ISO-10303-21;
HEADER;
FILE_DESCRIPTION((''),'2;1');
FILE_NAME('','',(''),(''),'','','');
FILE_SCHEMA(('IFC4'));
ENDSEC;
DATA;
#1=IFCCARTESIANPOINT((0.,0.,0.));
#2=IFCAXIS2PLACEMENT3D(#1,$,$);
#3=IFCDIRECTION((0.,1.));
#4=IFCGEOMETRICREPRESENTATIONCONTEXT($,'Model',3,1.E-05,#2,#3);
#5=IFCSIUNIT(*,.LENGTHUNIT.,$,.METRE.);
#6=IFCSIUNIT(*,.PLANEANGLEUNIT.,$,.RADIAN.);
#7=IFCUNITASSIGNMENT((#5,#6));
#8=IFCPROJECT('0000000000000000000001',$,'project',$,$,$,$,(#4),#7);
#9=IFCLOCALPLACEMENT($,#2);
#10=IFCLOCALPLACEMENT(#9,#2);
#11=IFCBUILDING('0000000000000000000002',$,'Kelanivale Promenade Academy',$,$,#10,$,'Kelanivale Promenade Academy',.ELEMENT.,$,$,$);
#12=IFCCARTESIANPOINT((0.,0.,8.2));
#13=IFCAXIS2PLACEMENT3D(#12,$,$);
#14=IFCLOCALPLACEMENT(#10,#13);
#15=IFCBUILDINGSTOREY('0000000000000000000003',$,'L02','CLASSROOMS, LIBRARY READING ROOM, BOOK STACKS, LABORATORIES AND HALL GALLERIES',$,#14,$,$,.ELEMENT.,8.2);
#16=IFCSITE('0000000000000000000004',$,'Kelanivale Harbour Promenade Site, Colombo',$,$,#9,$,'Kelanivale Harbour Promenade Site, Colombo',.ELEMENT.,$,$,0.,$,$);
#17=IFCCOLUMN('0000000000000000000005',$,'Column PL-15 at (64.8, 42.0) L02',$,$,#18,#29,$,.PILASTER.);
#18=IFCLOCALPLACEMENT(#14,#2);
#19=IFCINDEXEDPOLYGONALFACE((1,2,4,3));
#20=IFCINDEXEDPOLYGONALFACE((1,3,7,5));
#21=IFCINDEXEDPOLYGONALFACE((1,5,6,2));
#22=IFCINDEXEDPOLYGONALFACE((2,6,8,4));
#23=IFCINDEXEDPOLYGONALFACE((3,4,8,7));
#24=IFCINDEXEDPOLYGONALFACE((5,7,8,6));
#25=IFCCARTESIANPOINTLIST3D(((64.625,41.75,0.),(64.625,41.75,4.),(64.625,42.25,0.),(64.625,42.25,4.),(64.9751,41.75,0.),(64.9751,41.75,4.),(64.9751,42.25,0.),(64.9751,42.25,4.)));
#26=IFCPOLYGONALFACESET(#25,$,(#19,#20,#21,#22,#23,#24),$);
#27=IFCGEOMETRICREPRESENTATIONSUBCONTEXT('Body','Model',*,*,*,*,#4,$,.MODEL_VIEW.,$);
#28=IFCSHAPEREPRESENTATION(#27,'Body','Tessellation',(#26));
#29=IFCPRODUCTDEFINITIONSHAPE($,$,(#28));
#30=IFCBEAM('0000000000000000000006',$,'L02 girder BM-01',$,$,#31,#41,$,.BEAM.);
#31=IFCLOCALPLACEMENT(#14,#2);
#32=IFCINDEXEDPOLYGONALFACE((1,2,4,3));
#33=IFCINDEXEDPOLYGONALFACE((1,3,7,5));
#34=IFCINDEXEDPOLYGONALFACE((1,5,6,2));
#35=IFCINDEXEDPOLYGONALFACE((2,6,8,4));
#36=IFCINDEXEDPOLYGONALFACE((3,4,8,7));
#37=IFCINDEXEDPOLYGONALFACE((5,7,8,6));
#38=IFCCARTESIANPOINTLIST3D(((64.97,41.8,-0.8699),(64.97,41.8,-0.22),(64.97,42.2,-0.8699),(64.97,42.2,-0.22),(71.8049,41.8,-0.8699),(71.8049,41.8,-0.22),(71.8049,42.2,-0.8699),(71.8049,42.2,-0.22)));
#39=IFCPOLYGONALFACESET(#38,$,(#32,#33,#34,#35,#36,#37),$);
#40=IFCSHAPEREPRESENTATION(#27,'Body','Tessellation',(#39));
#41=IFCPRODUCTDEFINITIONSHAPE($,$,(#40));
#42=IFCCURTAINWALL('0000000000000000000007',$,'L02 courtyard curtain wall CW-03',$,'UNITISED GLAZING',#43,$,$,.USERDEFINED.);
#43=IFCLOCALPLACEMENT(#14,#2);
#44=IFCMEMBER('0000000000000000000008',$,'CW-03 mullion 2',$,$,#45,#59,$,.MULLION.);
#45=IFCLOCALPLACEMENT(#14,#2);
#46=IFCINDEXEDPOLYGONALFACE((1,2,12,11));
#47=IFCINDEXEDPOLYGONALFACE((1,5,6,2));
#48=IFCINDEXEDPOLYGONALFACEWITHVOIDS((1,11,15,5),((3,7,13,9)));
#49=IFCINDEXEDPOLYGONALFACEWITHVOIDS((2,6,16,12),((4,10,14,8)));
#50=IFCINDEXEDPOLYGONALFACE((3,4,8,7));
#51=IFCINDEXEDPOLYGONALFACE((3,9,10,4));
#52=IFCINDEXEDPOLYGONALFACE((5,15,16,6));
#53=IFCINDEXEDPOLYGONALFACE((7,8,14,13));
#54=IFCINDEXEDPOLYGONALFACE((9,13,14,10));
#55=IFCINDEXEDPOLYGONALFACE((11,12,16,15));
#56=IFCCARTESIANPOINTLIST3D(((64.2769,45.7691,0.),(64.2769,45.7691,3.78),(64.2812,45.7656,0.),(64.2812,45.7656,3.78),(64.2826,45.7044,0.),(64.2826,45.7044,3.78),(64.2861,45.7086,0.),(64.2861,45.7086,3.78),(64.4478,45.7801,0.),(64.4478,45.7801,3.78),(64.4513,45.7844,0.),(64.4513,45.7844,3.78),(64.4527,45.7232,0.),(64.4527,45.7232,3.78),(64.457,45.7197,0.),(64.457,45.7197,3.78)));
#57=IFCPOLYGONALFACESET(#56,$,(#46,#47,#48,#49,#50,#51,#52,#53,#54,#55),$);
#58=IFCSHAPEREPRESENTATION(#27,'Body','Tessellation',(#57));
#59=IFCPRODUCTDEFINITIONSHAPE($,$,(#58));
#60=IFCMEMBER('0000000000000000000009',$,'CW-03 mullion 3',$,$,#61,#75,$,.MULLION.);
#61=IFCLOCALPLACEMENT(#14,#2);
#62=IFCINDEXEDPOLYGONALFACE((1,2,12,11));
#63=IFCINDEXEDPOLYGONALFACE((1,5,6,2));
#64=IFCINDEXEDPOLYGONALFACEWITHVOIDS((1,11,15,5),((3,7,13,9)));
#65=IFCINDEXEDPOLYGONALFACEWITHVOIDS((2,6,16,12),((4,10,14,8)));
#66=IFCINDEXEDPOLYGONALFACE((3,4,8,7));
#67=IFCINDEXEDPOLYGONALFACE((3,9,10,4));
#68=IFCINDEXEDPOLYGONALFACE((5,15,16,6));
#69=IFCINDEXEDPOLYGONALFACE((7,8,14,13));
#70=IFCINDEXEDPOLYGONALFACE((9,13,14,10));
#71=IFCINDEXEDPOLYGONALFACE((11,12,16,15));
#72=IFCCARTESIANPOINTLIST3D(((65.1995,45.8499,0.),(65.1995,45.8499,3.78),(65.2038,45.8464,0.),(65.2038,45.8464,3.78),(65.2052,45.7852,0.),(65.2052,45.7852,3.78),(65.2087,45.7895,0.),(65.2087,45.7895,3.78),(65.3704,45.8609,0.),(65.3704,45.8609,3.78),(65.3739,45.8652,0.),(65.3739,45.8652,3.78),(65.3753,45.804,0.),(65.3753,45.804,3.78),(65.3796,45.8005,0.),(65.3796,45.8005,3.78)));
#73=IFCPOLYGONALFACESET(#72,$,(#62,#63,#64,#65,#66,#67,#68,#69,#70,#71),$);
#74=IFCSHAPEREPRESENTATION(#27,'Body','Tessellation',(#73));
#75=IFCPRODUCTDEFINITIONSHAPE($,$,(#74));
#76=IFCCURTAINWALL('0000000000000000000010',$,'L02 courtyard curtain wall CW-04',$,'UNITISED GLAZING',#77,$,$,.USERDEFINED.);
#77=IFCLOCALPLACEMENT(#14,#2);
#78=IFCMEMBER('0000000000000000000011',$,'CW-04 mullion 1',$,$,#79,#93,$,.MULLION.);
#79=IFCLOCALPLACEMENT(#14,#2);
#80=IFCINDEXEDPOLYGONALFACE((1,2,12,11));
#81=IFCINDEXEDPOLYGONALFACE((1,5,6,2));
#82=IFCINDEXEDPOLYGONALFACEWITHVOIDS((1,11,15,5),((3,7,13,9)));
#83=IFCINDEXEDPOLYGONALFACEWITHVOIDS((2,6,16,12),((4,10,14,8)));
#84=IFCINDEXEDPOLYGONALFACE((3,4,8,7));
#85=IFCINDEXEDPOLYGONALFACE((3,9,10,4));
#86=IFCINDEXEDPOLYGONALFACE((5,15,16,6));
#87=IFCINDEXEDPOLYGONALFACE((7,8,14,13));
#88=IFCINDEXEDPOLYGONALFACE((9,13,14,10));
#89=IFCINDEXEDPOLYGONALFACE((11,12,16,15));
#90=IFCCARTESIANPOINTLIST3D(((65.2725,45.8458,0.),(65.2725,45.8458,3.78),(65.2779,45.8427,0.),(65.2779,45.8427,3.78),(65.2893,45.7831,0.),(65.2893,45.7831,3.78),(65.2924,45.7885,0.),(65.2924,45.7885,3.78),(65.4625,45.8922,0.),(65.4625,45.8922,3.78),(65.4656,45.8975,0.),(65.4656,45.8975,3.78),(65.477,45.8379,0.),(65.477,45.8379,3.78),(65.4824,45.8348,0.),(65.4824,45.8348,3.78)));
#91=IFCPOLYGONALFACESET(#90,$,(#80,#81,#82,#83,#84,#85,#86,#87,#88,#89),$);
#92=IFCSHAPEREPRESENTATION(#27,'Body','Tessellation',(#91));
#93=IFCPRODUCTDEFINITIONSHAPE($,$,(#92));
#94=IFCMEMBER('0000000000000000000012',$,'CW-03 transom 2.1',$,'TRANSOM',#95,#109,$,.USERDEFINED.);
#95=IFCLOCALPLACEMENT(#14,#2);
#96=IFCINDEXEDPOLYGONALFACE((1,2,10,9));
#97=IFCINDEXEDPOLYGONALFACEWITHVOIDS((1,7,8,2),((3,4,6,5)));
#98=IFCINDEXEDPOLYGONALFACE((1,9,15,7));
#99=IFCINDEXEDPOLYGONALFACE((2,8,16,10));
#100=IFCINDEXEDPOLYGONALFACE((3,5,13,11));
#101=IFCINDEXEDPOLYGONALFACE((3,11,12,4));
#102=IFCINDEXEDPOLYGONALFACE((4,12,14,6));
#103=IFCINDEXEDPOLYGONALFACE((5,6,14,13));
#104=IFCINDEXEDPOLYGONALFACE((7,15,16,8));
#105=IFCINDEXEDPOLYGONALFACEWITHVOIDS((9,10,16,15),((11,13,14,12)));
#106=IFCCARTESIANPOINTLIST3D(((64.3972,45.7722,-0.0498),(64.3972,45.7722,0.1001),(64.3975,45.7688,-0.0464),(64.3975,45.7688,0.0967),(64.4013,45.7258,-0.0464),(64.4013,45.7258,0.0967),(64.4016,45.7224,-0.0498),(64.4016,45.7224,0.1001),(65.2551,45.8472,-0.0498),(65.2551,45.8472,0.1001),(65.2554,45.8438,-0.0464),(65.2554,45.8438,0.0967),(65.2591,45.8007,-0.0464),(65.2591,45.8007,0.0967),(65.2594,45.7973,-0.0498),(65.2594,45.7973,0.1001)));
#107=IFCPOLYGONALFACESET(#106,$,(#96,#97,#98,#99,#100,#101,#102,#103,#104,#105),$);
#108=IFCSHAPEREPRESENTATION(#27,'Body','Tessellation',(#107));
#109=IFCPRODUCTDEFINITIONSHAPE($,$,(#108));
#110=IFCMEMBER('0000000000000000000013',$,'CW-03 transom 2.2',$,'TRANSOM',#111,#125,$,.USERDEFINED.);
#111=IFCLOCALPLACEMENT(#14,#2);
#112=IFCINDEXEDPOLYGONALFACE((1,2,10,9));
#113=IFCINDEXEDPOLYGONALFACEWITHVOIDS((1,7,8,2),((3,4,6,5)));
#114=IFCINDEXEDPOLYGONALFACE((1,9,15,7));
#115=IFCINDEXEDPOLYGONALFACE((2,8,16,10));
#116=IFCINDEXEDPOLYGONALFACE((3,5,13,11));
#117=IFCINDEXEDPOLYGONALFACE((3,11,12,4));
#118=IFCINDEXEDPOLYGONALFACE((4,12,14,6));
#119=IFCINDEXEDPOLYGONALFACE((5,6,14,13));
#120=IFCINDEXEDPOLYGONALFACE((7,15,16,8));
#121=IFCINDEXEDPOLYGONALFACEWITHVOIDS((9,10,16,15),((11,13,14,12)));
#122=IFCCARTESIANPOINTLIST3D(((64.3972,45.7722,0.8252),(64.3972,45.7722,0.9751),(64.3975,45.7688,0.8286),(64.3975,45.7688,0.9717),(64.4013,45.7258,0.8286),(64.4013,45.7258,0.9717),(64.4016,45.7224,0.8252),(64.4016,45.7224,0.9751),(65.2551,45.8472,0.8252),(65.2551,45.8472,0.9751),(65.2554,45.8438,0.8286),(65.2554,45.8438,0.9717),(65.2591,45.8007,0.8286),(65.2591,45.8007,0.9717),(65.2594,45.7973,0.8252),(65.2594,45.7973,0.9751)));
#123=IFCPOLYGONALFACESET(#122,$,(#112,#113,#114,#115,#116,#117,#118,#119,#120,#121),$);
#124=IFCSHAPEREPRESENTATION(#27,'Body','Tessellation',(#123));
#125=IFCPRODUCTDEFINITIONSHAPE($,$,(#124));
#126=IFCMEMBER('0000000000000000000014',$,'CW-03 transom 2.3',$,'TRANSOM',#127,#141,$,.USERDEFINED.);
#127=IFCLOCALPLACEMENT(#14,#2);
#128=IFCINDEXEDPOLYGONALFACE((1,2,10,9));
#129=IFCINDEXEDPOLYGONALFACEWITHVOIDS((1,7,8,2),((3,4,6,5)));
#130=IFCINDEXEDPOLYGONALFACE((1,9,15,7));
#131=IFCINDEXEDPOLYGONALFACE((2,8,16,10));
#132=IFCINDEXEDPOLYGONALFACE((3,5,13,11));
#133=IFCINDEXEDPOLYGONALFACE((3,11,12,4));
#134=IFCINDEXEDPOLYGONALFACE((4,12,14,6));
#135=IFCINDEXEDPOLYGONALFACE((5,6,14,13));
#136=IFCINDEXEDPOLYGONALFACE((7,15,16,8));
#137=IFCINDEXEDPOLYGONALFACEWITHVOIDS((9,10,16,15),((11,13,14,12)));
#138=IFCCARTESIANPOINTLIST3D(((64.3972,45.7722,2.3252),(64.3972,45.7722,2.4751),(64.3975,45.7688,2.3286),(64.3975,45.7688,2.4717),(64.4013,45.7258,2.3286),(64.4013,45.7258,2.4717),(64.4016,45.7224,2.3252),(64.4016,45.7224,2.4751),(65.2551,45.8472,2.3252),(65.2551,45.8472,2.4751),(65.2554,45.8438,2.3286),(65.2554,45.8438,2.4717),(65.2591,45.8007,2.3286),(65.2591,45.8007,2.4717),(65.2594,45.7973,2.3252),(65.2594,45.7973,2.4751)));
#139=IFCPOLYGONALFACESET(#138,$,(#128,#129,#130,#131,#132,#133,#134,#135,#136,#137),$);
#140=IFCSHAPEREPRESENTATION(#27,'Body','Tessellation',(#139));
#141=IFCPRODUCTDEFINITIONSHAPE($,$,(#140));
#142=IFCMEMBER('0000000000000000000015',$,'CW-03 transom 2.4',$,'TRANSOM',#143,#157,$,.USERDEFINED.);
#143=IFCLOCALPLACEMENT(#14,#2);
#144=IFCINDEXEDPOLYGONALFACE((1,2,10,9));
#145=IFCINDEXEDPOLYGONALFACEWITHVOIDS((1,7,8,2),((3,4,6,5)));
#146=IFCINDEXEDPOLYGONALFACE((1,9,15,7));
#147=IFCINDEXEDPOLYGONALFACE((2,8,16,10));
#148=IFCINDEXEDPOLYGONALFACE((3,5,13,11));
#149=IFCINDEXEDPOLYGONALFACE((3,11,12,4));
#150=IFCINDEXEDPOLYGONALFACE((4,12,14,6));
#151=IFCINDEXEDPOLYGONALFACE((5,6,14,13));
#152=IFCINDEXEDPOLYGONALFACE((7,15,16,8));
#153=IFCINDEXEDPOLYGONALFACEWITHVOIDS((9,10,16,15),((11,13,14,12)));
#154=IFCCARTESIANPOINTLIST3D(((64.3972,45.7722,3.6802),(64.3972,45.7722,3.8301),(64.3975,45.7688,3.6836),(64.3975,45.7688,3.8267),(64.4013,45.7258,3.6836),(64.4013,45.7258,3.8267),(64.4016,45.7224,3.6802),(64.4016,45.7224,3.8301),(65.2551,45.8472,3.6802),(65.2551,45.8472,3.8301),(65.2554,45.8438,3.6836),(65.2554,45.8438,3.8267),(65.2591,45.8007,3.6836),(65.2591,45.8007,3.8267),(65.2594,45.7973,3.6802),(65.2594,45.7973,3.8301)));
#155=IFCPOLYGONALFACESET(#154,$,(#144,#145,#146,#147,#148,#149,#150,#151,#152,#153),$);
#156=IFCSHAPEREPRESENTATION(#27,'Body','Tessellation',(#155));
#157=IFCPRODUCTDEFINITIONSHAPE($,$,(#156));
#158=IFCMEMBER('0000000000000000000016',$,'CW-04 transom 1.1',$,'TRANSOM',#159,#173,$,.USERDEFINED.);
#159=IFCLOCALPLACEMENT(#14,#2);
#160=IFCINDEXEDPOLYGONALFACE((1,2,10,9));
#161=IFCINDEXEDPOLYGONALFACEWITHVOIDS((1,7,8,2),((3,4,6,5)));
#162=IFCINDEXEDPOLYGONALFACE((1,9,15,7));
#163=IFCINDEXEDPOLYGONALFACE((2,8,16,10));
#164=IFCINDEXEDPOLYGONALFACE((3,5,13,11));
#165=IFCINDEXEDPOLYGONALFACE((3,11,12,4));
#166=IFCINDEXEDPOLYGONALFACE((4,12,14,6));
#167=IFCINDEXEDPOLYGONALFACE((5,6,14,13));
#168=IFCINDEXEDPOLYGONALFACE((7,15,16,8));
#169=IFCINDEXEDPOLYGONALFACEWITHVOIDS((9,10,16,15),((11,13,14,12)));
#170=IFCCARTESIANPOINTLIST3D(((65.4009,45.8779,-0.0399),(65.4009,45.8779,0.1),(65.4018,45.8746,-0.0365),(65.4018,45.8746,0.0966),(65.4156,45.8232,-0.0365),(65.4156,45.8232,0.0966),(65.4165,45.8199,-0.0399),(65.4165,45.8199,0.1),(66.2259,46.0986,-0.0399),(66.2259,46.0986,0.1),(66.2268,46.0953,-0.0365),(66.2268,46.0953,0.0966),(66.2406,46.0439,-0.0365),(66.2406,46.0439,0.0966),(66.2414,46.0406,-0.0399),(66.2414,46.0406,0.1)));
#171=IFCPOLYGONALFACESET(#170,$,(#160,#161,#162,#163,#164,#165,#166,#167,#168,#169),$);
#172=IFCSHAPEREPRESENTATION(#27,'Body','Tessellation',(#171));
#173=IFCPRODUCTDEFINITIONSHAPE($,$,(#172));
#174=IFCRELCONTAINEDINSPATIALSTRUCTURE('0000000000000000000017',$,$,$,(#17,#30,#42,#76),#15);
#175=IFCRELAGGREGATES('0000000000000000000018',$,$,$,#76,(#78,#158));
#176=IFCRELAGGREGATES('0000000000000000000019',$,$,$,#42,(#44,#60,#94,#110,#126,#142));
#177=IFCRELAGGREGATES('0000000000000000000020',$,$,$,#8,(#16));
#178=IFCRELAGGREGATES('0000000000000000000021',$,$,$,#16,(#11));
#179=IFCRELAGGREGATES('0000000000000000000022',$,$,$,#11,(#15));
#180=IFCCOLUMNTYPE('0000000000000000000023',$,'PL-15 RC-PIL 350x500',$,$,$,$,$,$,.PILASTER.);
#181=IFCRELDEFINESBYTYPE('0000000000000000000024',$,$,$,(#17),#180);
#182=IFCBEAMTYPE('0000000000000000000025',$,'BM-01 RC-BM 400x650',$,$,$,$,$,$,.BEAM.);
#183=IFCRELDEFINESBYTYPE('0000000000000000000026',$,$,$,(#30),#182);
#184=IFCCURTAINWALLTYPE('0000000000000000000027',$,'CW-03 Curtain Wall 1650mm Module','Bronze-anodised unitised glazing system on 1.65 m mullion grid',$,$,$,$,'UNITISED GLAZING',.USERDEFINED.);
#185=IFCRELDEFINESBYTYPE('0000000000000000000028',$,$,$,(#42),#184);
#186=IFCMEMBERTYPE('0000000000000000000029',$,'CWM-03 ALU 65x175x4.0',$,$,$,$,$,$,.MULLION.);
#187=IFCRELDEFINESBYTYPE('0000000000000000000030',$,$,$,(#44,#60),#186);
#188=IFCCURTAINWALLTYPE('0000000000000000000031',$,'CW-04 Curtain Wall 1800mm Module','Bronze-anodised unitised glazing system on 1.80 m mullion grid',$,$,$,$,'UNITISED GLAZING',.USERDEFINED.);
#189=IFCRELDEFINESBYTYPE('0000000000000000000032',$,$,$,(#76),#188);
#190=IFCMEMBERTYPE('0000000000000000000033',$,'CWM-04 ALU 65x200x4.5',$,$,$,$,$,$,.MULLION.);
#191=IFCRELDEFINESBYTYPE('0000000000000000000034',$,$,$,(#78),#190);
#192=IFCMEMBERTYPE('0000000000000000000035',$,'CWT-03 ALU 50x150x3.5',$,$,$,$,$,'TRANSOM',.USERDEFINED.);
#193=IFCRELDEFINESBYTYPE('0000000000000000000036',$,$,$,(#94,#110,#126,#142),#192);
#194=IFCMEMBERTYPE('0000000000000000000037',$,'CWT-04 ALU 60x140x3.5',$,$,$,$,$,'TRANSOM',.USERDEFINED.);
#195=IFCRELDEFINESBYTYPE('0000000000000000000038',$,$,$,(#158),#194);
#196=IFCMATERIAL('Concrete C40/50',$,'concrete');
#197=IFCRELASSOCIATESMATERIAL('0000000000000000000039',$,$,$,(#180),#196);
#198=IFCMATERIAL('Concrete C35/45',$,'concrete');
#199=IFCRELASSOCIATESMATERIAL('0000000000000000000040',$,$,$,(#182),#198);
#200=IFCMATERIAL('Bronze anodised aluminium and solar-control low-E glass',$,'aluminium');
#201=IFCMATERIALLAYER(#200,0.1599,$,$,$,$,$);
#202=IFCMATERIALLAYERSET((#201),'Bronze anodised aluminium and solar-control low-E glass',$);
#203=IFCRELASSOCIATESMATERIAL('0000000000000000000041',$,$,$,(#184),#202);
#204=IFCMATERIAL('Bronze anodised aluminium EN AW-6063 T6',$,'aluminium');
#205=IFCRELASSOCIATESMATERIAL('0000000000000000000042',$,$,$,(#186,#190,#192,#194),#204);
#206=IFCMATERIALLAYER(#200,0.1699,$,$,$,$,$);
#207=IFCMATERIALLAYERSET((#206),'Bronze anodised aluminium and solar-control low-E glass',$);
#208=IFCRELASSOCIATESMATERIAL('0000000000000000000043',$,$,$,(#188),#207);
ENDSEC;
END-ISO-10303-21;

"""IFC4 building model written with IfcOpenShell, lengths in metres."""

from ifc_helpers import new_model, si_unit, direction, frame, origin, origin_2d, place, context, subcontext, project, spatial, rectangle, hollow_rectangle, extrude, material, layer, layer_set, material_profile, profile_set, type_object, element, aggregate, save


model = new_model("IFC4")

# Units and contexts
model_context = context("Model", 3, precision=1e-05, world=origin(), true_north=direction((0.0, 1.0)))
body_context = subcontext(model_context, "Body", "Model", "MODEL_VIEW")
ifc_project = project(units=[si_unit("LENGTHUNIT", "METRE"), si_unit("PLANEANGLEUNIT", "RADIAN")], contexts=[model_context])

# Site, building, storey
site_placement = place(None, origin())
site = spatial("IfcSite", under=ifc_project, at=site_placement, Name="Kelanivale Harbour Promenade Site, Colombo", LongName="Kelanivale Harbour Promenade Site, Colombo", CompositionType="ELEMENT", RefElevation=0.0)
building_placement = place(site_placement, origin())
building = spatial("IfcBuilding", under=site, at=building_placement, Name="Kelanivale Promenade Academy", LongName="Kelanivale Promenade Academy", CompositionType="ELEMENT")
storey_placement = place(building_placement, frame((0.0, 0.0, 8.2)))
storey = spatial("IfcBuildingStorey", under=building, at=storey_placement, Name="L02", Description="CLASSROOMS, LIBRARY READING ROOM, BOOK STACKS, LABORATORIES AND HALL GALLERIES", CompositionType="ELEMENT", Elevation=8.2)

# Column
ifc_material_1 = material(Name="Concrete C40/50", Category="concrete")
ifc_material_profile_1 = material_profile(ifc_material_1, rectangle(XDim=0.3501, YDim=0.5, at=origin_2d()), Name="RC-PIL 350x500")
ifc_profile_set_1 = profile_set([ifc_material_profile_1], Name="Concrete C40/50")
column_type = type_object("IfcColumnType", Name="PL-15 RC-PIL 350x500", PredefinedType="PILASTER", material=ifc_profile_set_1)
column_placement = place(storey_placement, frame((64.8, 42.0, 0.0), z_axis=(0.0, 0.0, 1.0), x_axis=(1.0, 0.0, 0.0)))
element("IfcColumn", 1, at=column_placement, inside=storey, type_object=column_type, Name="Column PL-15 at (64.8, 42.0) L02", PredefinedType="PILASTER", context=body_context, shape_type="SweptSolid", body=[
    extrude(rectangle(XDim=0.3501, YDim=0.5, at=origin_2d()), origin(), (0.0, 0.0, 1.0), 4.0),
])

# Beam
ifc_material_2 = material(Name="Concrete C35/45", Category="concrete")
ifc_material_profile_2 = material_profile(ifc_material_2, rectangle(XDim=0.3999, YDim=0.6499, at=origin_2d()), Name="RC-BM 400x650")
ifc_profile_set_2 = profile_set([ifc_material_profile_2], Name="Concrete C35/45")
beam_type = type_object("IfcBeamType", Name="BM-01 RC-BM 400x650", PredefinedType="BEAM", material=ifc_profile_set_2)
beam_placement = place(storey_placement, frame((64.97, 42.0, -0.5449), z_axis=(1.0, 0.0, 0.0), x_axis=(0.0, 1.0, 0.0)))
element("IfcBeam", 2, at=beam_placement, inside=storey, type_object=beam_type, Name="L02 girder BM-01", PredefinedType="BEAM", context=body_context, shape_type="SweptSolid", body=[
    extrude(rectangle(XDim=0.3999, YDim=0.6499, at=origin_2d()), origin(), (0.0, 0.0, 1.0), 6.835),
])

# Curtain wall, members
ifc_material_3 = material(Name="Bronze anodised aluminium and solar-control low-E glass", Category="aluminium")
ifc_layer_1 = layer(ifc_material_3, 0.1599)
ifc_layer_set_1 = layer_set([ifc_layer_1], Name="Bronze anodised aluminium and solar-control low-E glass")
curtain_wall_type_1 = type_object("IfcCurtainWallType", Name="CW-03 Curtain Wall 1650mm Module", Description="Bronze-anodised unitised glazing system on 1.65 m mullion grid", ElementType="UNITISED GLAZING", PredefinedType="USERDEFINED", material=ifc_layer_set_1)
curtain_wall_1_placement = place(storey_placement, origin())
curtain_wall_1 = element("IfcCurtainWall", 3, at=curtain_wall_1_placement, inside=storey, type_object=curtain_wall_type_1, Name="L02 courtyard curtain wall CW-03", ObjectType="UNITISED GLAZING", PredefinedType="USERDEFINED")
ifc_material_4 = material(Name="Bronze anodised aluminium EN AW-6063 T6", Category="aluminium")
ifc_material_profile_3 = material_profile(ifc_material_4, hollow_rectangle(XDim=0.0649, YDim=0.175, WallThickness=0.0039, at=origin_2d()), Name="ALU 65x175x4.0")
ifc_profile_set_3 = profile_set([ifc_material_profile_3], Name="Bronze anodised aluminium EN AW-6063 T6")
member_type_1 = type_object("IfcMemberType", Name="CWM-03 ALU 65x175x4.0", PredefinedType="MULLION", material=ifc_profile_set_3)
member_1_placement = place(storey_placement, frame((64.3669, 45.7444, 0.0), z_axis=(0.0, 0.0, 1.0), x_axis=(-0.087102, 0.996199, 0.0)))
member_1 = element("IfcMember", 4, at=member_1_placement, type_object=member_type_1, Name="CW-03 mullion 2", PredefinedType="MULLION", context=body_context, shape_type="SweptSolid", body=[
    extrude(hollow_rectangle(XDim=0.0649, YDim=0.175, WallThickness=0.0039, at=origin_2d()), origin(), (0.0, 0.0, 1.0), 3.78),
])
member_2_placement = place(storey_placement, frame((65.2896, 45.8252, 0.0), z_axis=(0.0, 0.0, 1.0), x_axis=(-0.087102, 0.996199, 0.0)))
member_2 = element("IfcMember", 5, at=member_2_placement, type_object=member_type_1, Name="CW-03 mullion 3", PredefinedType="MULLION", context=body_context, shape_type="SweptSolid", body=[
    extrude(hollow_rectangle(XDim=0.0649, YDim=0.175, WallThickness=0.0039, at=origin_2d()), origin(), (0.0, 0.0, 1.0), 3.78),
])

# Curtain wall, member
ifc_layer_2 = layer(ifc_material_3, 0.1699)
ifc_layer_set_2 = layer_set([ifc_layer_2], Name="Bronze anodised aluminium and solar-control low-E glass")
curtain_wall_type_2 = type_object("IfcCurtainWallType", Name="CW-04 Curtain Wall 1800mm Module", Description="Bronze-anodised unitised glazing system on 1.80 m mullion grid", ElementType="UNITISED GLAZING", PredefinedType="USERDEFINED", material=ifc_layer_set_2)
curtain_wall_2_placement = place(storey_placement, origin())
curtain_wall_2 = element("IfcCurtainWall", 6, at=curtain_wall_2_placement, inside=storey, type_object=curtain_wall_type_2, Name="L02 courtyard curtain wall CW-04", ObjectType="UNITISED GLAZING", PredefinedType="USERDEFINED")
ifc_material_profile_4 = material_profile(ifc_material_4, hollow_rectangle(XDim=0.0649, YDim=0.2, WallThickness=0.0044, at=origin_2d()), Name="ALU 65x200x4.5")
ifc_profile_set_4 = profile_set([ifc_material_profile_4], Name="Bronze anodised aluminium EN AW-6063 T6")
member_type_2 = type_object("IfcMemberType", Name="CWM-04 ALU 65x200x4.5", PredefinedType="MULLION", material=ifc_profile_set_4)
member_3_placement = place(storey_placement, frame((65.3774, 45.8403, 0.0), z_axis=(0.0, 0.0, 1.0), x_axis=(-0.258578, 0.96599, 0.0)))
member_3 = element("IfcMember", 7, at=member_3_placement, type_object=member_type_2, Name="CW-04 mullion 1", PredefinedType="MULLION", context=body_context, shape_type="SweptSolid", body=[
    extrude(hollow_rectangle(XDim=0.0649, YDim=0.2, WallThickness=0.0044, at=origin_2d()), origin(), (0.0, 0.0, 1.0), 3.78),
])

# Members
ifc_material_profile_5 = material_profile(ifc_material_4, hollow_rectangle(XDim=0.05, YDim=0.1499, WallThickness=0.0034, at=origin_2d()), Name="ALU 50x150x3.5")
ifc_profile_set_5 = profile_set([ifc_material_profile_5], Name="Bronze anodised aluminium EN AW-6063 T6")
member_type_3 = type_object("IfcMemberType", Name="CWT-03 ALU 50x150x3.5", ElementType="TRANSOM", PredefinedType="USERDEFINED", material=ifc_profile_set_5)
member_4_placement = place(storey_placement, frame((64.3994, 45.7473, 0.0251), z_axis=(0.996205, 0.087033, 0.0), x_axis=(-0.087033, 0.996205, 0.0)))
member_4 = element("IfcMember", 8, at=member_4_placement, type_object=member_type_3, Name="CW-03 transom 2.1", ObjectType="TRANSOM", PredefinedType="USERDEFINED", context=body_context, shape_type="SweptSolid", body=[
    extrude(hollow_rectangle(XDim=0.05, YDim=0.1499, WallThickness=0.0034, at=origin_2d()), origin(), (0.0, 0.0, 1.0), 0.8611),
])
member_5_placement = place(storey_placement, frame((64.3994, 45.7473, 0.9001), z_axis=(0.996205, 0.087033, 0.0), x_axis=(-0.087033, 0.996205, 0.0)))
member_5 = element("IfcMember", 9, at=member_5_placement, type_object=member_type_3, Name="CW-03 transom 2.2", ObjectType="TRANSOM", PredefinedType="USERDEFINED", context=body_context, shape_type="SweptSolid", body=[
    extrude(hollow_rectangle(XDim=0.05, YDim=0.1499, WallThickness=0.0034, at=origin_2d()), origin(), (0.0, 0.0, 1.0), 0.8611),
])
member_6_placement = place(storey_placement, frame((64.3994, 45.7473, 2.4001), z_axis=(0.996205, 0.087033, 0.0), x_axis=(-0.087033, 0.996205, 0.0)))
member_6 = element("IfcMember", 10, at=member_6_placement, type_object=member_type_3, Name="CW-03 transom 2.3", ObjectType="TRANSOM", PredefinedType="USERDEFINED", context=body_context, shape_type="SweptSolid", body=[
    extrude(hollow_rectangle(XDim=0.05, YDim=0.1499, WallThickness=0.0034, at=origin_2d()), origin(), (0.0, 0.0, 1.0), 0.8611),
])
member_7_placement = place(storey_placement, frame((64.3994, 45.7473, 3.7551), z_axis=(0.996205, 0.087033, 0.0), x_axis=(-0.087033, 0.996205, 0.0)))
member_7 = element("IfcMember", 11, at=member_7_placement, type_object=member_type_3, Name="CW-03 transom 2.4", ObjectType="TRANSOM", PredefinedType="USERDEFINED", context=body_context, shape_type="SweptSolid", body=[
    extrude(hollow_rectangle(XDim=0.05, YDim=0.1499, WallThickness=0.0034, at=origin_2d()), origin(), (0.0, 0.0, 1.0), 0.8611),
])
ifc_material_profile_6 = material_profile(ifc_material_4, hollow_rectangle(XDim=0.0601, YDim=0.1399, WallThickness=0.0034, at=origin_2d()), Name="ALU 60x140x3.5")
ifc_profile_set_6 = profile_set([ifc_material_profile_6], Name="Bronze anodised aluminium EN AW-6063 T6")
member_type_4 = type_object("IfcMemberType", Name="CWT-04 ALU 60x140x3.5", ElementType="TRANSOM", PredefinedType="USERDEFINED", material=ifc_profile_set_6)
member_8_placement = place(storey_placement, frame((65.4087, 45.8489, 0.03), z_axis=(0.966026, 0.258446, 0.0), x_axis=(-0.258446, 0.966026, 0.0)))
member_8 = element("IfcMember", 12, at=member_8_placement, type_object=member_type_4, Name="CW-04 transom 1.1", ObjectType="TRANSOM", PredefinedType="USERDEFINED", context=body_context, shape_type="SweptSolid", body=[
    extrude(hollow_rectangle(XDim=0.0601, YDim=0.1399, WallThickness=0.0034, at=origin_2d()), origin(), (0.0, 0.0, 1.0), 0.854),
])
aggregate(curtain_wall_2, [member_3, member_8])

aggregate(curtain_wall_1, [member_1, member_2, member_4, member_5, member_6, member_7])

save(model, "model.ifc")
